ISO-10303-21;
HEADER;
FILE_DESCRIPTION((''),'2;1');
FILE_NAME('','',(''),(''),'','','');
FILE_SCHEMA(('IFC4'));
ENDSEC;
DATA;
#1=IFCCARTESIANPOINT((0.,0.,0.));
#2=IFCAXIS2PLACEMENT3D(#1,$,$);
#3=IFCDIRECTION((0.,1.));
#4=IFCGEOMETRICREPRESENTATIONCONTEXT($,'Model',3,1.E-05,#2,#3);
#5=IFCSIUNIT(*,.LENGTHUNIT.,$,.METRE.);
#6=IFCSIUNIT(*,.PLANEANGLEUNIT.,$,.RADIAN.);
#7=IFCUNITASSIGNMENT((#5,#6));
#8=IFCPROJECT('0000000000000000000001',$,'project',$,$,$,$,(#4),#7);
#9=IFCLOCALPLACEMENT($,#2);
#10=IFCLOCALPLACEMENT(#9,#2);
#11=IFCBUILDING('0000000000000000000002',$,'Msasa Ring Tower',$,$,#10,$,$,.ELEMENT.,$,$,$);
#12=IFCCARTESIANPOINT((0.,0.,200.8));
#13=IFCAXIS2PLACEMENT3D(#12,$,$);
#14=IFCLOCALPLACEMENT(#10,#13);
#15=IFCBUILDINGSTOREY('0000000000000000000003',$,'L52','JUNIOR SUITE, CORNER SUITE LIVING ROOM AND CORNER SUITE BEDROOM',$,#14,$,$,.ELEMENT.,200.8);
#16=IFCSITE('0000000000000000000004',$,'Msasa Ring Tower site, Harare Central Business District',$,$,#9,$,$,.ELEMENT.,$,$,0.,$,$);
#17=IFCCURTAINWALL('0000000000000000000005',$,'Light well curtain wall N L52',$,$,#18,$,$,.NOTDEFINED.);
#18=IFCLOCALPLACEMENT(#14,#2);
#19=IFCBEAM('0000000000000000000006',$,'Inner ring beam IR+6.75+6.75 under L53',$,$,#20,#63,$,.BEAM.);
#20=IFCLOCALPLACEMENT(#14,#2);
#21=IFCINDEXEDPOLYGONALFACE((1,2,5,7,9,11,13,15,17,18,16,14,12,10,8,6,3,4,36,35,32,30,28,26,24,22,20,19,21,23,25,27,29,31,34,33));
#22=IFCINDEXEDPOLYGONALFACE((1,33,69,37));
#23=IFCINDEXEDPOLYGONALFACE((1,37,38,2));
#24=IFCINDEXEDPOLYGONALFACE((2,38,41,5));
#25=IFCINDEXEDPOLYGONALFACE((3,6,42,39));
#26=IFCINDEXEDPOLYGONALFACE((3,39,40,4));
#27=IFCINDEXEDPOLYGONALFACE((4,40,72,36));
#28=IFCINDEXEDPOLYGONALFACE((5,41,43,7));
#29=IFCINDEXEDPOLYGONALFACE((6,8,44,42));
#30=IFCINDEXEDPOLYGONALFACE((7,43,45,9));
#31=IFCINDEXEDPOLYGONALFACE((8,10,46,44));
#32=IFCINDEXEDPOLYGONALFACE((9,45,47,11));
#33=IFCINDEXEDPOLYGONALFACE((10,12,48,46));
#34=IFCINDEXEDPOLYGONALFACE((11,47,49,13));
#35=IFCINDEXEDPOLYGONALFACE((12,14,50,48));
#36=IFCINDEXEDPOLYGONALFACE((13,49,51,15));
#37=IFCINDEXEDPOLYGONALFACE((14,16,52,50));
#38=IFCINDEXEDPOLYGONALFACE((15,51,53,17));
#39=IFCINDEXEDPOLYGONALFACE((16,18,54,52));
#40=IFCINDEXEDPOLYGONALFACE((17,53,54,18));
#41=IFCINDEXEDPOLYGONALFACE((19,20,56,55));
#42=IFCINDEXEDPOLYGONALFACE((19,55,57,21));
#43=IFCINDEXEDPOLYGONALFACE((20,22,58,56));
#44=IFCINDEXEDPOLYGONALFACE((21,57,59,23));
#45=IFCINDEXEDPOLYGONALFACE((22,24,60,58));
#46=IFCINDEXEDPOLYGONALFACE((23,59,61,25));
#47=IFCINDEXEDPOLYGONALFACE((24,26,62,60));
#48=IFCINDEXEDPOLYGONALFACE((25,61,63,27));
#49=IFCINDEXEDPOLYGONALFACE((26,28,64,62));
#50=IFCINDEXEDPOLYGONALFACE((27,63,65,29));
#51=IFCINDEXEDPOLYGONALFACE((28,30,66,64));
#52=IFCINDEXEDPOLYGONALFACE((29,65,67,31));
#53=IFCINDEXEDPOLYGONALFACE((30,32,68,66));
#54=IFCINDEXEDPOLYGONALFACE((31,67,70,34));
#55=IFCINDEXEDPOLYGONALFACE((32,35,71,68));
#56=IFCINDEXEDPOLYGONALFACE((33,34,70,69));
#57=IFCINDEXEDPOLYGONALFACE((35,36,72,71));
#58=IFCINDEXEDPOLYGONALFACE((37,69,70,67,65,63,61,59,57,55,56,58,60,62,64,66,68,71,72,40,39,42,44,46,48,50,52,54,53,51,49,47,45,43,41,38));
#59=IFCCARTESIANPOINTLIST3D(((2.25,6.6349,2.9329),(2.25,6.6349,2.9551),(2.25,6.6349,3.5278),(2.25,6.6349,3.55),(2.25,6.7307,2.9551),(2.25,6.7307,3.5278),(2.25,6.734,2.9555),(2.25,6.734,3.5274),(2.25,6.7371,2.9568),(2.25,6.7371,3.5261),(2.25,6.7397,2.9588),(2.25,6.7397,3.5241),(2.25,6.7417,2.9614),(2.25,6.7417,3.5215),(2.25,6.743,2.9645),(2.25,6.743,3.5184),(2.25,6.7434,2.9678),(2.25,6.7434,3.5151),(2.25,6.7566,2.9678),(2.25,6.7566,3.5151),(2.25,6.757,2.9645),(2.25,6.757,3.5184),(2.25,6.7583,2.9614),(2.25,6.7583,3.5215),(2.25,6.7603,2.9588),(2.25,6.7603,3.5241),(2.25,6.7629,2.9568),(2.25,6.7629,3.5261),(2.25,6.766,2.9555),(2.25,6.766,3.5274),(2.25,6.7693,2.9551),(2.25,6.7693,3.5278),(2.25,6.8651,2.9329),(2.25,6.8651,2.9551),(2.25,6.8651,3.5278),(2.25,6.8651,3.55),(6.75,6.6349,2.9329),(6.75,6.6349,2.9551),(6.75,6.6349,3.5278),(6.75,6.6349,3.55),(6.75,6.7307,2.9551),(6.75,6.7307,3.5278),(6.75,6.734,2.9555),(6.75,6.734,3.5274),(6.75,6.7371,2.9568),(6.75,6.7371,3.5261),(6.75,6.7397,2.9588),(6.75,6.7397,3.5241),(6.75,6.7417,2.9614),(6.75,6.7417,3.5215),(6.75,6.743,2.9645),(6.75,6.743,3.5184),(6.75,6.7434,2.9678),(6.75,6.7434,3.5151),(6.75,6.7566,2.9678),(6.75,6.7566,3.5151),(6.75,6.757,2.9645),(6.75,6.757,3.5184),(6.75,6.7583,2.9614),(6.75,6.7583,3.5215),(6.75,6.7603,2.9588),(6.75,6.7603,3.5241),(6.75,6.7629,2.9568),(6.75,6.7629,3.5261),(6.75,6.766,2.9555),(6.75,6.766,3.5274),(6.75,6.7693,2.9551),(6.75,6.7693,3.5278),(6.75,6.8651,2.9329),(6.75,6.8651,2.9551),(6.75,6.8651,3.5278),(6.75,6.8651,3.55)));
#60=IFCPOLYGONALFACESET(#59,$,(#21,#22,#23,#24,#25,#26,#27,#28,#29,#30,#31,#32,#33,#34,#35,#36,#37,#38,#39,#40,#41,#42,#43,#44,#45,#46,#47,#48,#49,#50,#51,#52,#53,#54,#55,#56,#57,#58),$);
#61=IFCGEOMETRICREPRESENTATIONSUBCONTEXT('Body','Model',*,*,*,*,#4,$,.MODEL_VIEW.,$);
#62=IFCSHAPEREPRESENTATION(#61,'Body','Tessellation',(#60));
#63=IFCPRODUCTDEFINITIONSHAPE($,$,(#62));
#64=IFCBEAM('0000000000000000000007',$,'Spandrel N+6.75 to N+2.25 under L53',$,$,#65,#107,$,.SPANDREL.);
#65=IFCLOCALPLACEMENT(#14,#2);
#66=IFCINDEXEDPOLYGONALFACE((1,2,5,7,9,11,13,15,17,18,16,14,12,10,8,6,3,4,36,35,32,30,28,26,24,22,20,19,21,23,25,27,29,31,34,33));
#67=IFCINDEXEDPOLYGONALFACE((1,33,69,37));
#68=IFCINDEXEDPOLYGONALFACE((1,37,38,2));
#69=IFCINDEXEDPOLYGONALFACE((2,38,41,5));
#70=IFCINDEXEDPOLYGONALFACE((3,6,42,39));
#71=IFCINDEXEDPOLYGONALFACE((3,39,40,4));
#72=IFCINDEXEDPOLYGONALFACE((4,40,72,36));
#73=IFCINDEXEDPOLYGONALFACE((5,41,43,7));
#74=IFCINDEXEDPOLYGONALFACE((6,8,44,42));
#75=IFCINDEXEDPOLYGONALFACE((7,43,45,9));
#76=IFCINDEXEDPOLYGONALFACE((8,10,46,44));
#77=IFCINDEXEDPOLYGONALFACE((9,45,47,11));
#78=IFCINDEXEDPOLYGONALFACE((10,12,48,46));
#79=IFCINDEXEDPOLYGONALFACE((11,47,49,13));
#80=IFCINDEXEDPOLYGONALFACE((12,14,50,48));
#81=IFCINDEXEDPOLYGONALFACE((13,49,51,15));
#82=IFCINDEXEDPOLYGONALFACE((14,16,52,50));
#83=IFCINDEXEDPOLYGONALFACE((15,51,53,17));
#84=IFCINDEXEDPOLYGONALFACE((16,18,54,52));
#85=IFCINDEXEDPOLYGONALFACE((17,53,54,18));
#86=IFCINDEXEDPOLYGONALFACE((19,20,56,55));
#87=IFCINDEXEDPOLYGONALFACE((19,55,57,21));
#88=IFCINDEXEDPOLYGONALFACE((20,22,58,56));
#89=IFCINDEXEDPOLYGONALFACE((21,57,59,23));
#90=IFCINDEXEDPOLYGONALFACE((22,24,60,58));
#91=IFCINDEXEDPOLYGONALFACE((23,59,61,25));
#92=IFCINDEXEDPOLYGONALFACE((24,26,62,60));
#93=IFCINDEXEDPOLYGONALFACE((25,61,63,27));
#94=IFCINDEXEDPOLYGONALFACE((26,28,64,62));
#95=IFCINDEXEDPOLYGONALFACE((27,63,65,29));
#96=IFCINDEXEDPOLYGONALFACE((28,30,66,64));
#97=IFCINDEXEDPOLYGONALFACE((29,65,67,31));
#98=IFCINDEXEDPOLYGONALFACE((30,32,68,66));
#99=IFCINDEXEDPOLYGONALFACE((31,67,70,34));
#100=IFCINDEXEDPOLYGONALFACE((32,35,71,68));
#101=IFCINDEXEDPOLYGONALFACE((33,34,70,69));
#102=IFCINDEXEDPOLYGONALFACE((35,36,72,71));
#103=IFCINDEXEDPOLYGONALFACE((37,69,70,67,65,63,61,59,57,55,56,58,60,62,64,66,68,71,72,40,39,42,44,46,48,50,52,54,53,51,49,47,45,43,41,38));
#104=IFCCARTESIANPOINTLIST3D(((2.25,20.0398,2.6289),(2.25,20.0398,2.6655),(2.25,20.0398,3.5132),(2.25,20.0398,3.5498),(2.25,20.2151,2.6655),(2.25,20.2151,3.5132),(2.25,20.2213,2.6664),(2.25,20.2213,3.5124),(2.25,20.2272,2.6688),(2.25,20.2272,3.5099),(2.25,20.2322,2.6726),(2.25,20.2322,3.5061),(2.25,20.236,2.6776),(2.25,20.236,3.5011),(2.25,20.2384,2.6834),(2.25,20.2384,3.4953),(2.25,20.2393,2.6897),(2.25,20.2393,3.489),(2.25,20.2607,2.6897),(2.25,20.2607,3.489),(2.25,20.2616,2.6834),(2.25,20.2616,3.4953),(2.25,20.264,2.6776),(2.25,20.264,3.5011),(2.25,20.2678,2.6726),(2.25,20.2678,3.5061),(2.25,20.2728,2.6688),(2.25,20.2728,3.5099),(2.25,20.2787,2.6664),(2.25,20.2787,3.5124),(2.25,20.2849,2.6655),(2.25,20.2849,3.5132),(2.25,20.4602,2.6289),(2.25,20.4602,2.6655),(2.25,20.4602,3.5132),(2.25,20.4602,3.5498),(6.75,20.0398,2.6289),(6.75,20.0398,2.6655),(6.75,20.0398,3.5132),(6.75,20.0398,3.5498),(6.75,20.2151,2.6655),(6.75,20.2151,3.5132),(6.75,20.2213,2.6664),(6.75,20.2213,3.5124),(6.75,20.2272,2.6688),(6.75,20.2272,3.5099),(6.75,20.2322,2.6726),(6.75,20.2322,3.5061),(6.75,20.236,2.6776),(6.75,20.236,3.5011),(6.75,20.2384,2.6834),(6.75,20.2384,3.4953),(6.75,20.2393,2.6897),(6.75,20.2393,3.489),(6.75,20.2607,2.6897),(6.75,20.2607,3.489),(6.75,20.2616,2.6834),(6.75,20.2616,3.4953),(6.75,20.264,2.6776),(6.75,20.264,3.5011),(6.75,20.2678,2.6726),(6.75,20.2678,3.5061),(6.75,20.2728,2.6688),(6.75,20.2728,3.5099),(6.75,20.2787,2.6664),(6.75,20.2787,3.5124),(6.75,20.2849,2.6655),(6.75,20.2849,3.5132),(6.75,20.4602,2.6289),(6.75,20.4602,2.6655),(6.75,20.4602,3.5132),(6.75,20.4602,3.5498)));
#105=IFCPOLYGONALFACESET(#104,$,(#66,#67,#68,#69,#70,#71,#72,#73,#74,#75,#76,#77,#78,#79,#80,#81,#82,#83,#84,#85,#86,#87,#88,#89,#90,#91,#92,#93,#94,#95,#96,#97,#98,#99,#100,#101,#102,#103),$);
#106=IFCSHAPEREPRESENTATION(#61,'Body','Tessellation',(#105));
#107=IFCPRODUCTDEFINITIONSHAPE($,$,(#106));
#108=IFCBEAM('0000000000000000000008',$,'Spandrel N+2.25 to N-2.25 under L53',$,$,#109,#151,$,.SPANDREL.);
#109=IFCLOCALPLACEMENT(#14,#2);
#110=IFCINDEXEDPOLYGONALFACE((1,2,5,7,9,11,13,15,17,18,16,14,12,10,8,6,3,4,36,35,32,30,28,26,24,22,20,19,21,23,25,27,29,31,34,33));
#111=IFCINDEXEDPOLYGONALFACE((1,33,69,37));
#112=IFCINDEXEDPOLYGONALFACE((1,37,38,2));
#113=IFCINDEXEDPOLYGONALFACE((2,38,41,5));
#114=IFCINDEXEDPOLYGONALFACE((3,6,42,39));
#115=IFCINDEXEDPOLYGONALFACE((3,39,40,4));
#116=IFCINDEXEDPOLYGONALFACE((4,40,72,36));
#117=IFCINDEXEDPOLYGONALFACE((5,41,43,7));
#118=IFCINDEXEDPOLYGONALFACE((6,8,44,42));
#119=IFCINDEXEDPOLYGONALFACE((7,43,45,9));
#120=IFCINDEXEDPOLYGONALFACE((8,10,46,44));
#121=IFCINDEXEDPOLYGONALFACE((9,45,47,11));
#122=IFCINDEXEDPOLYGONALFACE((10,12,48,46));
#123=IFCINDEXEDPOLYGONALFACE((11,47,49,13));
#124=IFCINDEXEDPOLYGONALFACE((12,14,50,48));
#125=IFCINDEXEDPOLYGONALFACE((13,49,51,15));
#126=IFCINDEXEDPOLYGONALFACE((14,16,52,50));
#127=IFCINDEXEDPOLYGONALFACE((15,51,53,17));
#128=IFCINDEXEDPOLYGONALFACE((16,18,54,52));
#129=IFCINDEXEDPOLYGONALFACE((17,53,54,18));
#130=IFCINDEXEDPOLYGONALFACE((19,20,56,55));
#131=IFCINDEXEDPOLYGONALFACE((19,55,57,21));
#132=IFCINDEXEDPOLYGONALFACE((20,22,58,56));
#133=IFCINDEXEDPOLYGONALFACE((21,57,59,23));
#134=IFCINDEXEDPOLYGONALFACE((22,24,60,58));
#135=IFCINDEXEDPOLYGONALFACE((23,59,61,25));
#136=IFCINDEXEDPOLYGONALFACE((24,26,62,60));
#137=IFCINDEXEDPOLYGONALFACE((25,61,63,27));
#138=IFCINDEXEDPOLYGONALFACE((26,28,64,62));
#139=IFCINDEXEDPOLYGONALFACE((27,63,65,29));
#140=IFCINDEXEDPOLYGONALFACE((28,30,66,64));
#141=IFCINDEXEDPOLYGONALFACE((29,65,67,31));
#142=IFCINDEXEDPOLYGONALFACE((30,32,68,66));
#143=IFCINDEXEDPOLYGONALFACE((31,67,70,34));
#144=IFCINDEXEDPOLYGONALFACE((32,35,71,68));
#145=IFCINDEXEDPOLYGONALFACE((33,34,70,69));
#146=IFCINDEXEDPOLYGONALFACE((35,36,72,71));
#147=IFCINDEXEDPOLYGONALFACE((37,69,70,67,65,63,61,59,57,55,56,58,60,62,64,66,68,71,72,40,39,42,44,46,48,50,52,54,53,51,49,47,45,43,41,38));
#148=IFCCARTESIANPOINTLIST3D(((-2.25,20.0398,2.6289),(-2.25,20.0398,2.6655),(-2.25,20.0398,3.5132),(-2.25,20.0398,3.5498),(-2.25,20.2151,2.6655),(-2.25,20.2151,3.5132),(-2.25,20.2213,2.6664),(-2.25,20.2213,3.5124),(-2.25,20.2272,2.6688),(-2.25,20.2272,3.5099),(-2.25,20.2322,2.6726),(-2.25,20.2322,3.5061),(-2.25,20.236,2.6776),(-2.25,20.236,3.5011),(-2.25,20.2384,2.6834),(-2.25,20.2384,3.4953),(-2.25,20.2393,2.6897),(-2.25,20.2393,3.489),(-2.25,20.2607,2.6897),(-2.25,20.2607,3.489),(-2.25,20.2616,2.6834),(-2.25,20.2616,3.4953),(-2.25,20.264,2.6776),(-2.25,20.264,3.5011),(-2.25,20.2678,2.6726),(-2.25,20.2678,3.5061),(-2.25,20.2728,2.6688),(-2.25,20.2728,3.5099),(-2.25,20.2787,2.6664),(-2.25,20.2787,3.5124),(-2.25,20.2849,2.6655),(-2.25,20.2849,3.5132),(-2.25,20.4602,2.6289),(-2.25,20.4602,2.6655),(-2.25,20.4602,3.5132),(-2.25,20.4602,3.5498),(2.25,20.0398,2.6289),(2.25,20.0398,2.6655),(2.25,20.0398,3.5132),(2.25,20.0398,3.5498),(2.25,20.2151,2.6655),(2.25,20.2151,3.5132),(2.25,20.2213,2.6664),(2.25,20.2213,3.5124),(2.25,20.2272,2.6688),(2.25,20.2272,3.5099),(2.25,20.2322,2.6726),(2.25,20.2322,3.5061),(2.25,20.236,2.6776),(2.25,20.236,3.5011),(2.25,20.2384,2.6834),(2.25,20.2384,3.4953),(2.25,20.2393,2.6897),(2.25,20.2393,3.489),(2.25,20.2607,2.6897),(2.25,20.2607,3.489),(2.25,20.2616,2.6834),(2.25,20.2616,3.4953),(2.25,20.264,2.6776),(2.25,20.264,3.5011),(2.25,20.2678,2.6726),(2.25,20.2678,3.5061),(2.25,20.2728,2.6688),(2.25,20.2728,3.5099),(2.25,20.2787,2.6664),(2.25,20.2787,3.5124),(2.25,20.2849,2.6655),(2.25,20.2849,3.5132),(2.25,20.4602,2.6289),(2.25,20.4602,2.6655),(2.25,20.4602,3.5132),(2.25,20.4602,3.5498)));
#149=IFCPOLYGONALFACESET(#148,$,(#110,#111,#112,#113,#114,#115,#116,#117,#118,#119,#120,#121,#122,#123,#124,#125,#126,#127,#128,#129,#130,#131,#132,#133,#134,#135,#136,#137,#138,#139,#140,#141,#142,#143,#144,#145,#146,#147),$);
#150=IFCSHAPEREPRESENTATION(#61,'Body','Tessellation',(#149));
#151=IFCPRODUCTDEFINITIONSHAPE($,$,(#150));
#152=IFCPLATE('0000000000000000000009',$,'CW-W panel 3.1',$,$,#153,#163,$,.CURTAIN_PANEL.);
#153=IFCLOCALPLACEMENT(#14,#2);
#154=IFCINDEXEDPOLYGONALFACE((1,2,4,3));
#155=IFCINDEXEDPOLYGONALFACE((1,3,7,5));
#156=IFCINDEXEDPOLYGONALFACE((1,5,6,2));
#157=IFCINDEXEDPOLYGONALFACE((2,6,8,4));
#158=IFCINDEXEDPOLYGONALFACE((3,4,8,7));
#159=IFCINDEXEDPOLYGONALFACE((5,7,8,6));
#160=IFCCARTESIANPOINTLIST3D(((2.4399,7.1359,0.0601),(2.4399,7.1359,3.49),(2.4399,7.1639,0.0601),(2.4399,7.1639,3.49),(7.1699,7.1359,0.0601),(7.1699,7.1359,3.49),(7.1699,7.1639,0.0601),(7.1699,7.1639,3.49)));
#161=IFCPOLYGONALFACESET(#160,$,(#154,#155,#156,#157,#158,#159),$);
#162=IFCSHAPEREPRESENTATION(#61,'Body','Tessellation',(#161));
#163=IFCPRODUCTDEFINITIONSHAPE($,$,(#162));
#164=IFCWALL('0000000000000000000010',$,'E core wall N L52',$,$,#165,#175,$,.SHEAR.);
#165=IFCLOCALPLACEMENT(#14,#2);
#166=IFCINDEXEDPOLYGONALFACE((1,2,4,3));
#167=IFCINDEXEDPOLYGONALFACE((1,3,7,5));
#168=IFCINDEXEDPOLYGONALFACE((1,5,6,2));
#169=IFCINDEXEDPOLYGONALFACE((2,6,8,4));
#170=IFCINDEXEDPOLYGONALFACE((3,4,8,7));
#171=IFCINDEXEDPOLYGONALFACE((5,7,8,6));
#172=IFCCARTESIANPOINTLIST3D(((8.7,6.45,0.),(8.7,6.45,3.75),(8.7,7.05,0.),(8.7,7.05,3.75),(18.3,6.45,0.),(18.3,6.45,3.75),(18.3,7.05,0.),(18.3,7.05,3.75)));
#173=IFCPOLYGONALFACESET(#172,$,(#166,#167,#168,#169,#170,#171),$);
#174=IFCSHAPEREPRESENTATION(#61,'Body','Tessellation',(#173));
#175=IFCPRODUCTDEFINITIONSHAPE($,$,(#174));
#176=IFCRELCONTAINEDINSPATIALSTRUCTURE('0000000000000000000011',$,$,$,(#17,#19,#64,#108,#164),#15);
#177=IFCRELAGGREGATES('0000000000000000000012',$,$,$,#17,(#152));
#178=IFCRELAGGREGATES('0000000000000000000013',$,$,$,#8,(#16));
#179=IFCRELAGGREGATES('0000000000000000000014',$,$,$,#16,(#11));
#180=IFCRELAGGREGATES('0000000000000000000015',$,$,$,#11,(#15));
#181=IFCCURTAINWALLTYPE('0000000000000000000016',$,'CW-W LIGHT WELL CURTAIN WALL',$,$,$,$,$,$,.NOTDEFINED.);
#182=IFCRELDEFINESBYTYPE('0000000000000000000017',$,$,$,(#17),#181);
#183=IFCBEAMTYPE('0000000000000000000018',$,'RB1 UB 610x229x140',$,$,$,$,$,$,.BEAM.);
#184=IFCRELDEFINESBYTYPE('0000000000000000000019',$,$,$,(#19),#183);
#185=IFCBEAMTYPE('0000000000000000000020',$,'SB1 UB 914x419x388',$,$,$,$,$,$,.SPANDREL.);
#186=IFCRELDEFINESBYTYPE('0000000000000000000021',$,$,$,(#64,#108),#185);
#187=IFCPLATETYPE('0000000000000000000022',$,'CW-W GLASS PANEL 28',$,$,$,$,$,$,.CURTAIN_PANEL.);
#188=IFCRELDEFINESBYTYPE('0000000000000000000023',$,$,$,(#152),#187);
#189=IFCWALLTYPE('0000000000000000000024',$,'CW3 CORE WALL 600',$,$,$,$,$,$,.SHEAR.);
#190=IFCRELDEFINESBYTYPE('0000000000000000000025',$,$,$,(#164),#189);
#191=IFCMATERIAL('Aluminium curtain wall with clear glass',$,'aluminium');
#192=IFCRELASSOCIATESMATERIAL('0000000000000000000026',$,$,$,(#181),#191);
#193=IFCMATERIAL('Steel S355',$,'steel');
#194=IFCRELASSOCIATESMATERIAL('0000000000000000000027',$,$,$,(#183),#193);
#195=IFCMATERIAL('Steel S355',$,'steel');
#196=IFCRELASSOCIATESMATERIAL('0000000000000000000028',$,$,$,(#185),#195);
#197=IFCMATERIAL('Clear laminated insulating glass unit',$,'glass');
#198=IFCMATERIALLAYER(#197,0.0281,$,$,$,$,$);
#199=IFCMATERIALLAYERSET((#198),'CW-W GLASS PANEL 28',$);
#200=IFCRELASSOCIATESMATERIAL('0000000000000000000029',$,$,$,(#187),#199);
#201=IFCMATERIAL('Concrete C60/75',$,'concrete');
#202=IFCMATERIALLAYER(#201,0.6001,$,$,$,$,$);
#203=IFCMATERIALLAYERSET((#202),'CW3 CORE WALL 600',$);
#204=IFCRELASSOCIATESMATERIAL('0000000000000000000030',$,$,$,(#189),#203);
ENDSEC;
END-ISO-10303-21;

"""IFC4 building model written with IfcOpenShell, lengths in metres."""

from ifc_helpers import new_model, si_unit, direction, frame, frame_2d, origin, origin_2d, place, context, subcontext, project, spatial, rectangle, i_section, extrude, material, layer, layer_set, material_profile, profile_set, type_object, element, aggregate, save


model = new_model("IFC4")

# Units and contexts
model_context = context("Model", 3, precision=1e-05, world=origin(), true_north=direction((0.0, 1.0)))
body_context = subcontext(model_context, "Body", "Model", "MODEL_VIEW")
ifc_project = project(units=[si_unit("LENGTHUNIT", "METRE"), si_unit("PLANEANGLEUNIT", "RADIAN")], contexts=[model_context])

# Site, building, storey
site_placement = place(None, origin())
site = spatial("IfcSite", under=ifc_project, at=site_placement, Name="Msasa Ring Tower site, Harare Central Business District", CompositionType="ELEMENT", RefElevation=0.0)
building_placement = place(site_placement, origin())
building = spatial("IfcBuilding", under=site, at=building_placement, Name="Msasa Ring Tower", CompositionType="ELEMENT")
storey_placement = place(building_placement, frame((0.0, 0.0, 200.8)))
storey = spatial("IfcBuildingStorey", under=building, at=storey_placement, Name="L52", Description="JUNIOR SUITE, CORNER SUITE LIVING ROOM AND CORNER SUITE BEDROOM", CompositionType="ELEMENT", Elevation=200.8)

# Curtain wall
ifc_material_1 = material(Name="Aluminium curtain wall with clear glass", Category="aluminium")
curtain_wall_type = type_object("IfcCurtainWallType", Name="CW-W LIGHT WELL CURTAIN WALL", PredefinedType="NOTDEFINED", material=ifc_material_1)
curtain_wall_1_placement = place(storey_placement, origin())
curtain_wall_1 = element("IfcCurtainWall", 1, at=curtain_wall_1_placement, inside=storey, type_object=curtain_wall_type, Name="Light well curtain wall N L52", PredefinedType="NOTDEFINED")

# Beams
ifc_material_2 = material(Name="Steel S355", Category="steel")
ifc_material_profile_1 = material_profile(ifc_material_2, i_section(OverallWidth=0.2302, OverallDepth=0.6172, WebThickness=0.0132, FlangeThickness=0.0222, FilletRadius=0.0127, at=origin_2d()), Name="UB 610x229x140")
ifc_profile_set_1 = profile_set([ifc_material_profile_1], Name="Steel S355")
beam_type_1 = type_object("IfcBeamType", Name="RB1 UB 610x229x140", PredefinedType="BEAM", material=ifc_profile_set_1)
beam_placement = place(storey_placement, frame((6.75, 6.75, 3.2415), z_axis=(-1.0, 0.0, 0.0), x_axis=(0.0, -1.0, 0.0)))
element("IfcBeam", 2, at=beam_placement, inside=storey, type_object=beam_type_1, Name="Inner ring beam IR+6.75+6.75 under L53", PredefinedType="BEAM", context=body_context, shape_type="SweptSolid", body=[
    extrude(i_section(OverallWidth=0.2302, OverallDepth=0.6172, WebThickness=0.0132, FlangeThickness=0.0222, FilletRadius=0.0127, at=origin_2d()), origin(), (0.0, 0.0, 1.0), 4.5),
])
ifc_material_3 = material(Name="Steel S355", Category="steel")
ifc_material_profile_2 = material_profile(ifc_material_3, i_section(OverallWidth=0.4204, OverallDepth=0.9209, WebThickness=0.0215, FlangeThickness=0.0366, FilletRadius=0.0242, at=origin_2d()), Name="UB 914x419x388")
ifc_profile_set_2 = profile_set([ifc_material_profile_2], Name="Steel S355")
beam_type_2 = type_object("IfcBeamType", Name="SB1 UB 914x419x388", PredefinedType="SPANDREL", material=ifc_profile_set_2)
for number, where, z_axis, x_axis, name in (
    (3, (6.75, 20.25, 3.0894), (-1.0, 0.0, 0.0), (0.0, -1.0, 0.0), "Spandrel N+6.75 to N+2.25 under L53"),
    (4, (2.25, 20.25, 3.0894), (-1.0, 0.0, 0.0), (0.0, -1.0, 0.0), "Spandrel N+2.25 to N-2.25 under L53"),
):
    element("IfcBeam", number, at=place(storey_placement, frame(where, z_axis=z_axis, x_axis=x_axis)), inside=storey, type_object=beam_type_2, Name=name, PredefinedType="SPANDREL", context=body_context, shape_type="SweptSolid", body=[
        extrude(i_section(OverallWidth=0.4204, OverallDepth=0.9209, WebThickness=0.0215, FlangeThickness=0.0366, FilletRadius=0.0242, at=origin_2d()), origin(), (0.0, 0.0, 1.0), 4.5),
    ])

# Plate
ifc_material_4 = material(Name="Clear laminated insulating glass unit", Category="glass")
ifc_layer_1 = layer(ifc_material_4, 0.0281)
ifc_layer_set_1 = layer_set([ifc_layer_1], Name="CW-W GLASS PANEL 28")
plate_type = type_object("IfcPlateType", Name="CW-W GLASS PANEL 28", PredefinedType="CURTAIN_PANEL", material=ifc_layer_set_1)
plate_placement = place(storey_placement, frame((4.8049, 7.1499, 0.0601), z_axis=(0.0, 0.0, 1.0), x_axis=(1.0, 0.0, 0.0)))
plate = element("IfcPlate", 5, at=plate_placement, type_object=plate_type, Name="CW-W panel 3.1", PredefinedType="CURTAIN_PANEL", context=body_context, shape_type="SweptSolid", body=[
    extrude(rectangle(XDim=4.73, YDim=0.0281, at=origin_2d()), origin(), (0.0, 0.0, 1.0), 3.4299),
])
aggregate(curtain_wall_1, [plate])

# Wall
ifc_material_5 = material(Name="Concrete C60/75", Category="concrete")
ifc_layer_2 = layer(ifc_material_5, 0.6001)
ifc_layer_set_2 = layer_set([ifc_layer_2], Name="CW3 CORE WALL 600")
wall_type_1 = type_object("IfcWallType", Name="CW3 CORE WALL 600", PredefinedType="SHEAR", material=ifc_layer_set_2)
wall_1_placement = place(storey_placement, frame((8.7, 6.75, 0.0), z_axis=(0.0, 0.0, 1.0), x_axis=(1.0, 0.0, 0.0)))
element("IfcWall", 6, at=wall_1_placement, inside=storey, type_object=wall_type_1, Name="E core wall N L52", PredefinedType="SHEAR", context=body_context, shape_type="SweptSolid", body=[
    extrude(rectangle(XDim=9.6001, YDim=0.6001, at=frame_2d((4.8, 0.0))), origin(), (0.0, 0.0, 1.0), 3.75),
])

save(model, "model.ifc")
